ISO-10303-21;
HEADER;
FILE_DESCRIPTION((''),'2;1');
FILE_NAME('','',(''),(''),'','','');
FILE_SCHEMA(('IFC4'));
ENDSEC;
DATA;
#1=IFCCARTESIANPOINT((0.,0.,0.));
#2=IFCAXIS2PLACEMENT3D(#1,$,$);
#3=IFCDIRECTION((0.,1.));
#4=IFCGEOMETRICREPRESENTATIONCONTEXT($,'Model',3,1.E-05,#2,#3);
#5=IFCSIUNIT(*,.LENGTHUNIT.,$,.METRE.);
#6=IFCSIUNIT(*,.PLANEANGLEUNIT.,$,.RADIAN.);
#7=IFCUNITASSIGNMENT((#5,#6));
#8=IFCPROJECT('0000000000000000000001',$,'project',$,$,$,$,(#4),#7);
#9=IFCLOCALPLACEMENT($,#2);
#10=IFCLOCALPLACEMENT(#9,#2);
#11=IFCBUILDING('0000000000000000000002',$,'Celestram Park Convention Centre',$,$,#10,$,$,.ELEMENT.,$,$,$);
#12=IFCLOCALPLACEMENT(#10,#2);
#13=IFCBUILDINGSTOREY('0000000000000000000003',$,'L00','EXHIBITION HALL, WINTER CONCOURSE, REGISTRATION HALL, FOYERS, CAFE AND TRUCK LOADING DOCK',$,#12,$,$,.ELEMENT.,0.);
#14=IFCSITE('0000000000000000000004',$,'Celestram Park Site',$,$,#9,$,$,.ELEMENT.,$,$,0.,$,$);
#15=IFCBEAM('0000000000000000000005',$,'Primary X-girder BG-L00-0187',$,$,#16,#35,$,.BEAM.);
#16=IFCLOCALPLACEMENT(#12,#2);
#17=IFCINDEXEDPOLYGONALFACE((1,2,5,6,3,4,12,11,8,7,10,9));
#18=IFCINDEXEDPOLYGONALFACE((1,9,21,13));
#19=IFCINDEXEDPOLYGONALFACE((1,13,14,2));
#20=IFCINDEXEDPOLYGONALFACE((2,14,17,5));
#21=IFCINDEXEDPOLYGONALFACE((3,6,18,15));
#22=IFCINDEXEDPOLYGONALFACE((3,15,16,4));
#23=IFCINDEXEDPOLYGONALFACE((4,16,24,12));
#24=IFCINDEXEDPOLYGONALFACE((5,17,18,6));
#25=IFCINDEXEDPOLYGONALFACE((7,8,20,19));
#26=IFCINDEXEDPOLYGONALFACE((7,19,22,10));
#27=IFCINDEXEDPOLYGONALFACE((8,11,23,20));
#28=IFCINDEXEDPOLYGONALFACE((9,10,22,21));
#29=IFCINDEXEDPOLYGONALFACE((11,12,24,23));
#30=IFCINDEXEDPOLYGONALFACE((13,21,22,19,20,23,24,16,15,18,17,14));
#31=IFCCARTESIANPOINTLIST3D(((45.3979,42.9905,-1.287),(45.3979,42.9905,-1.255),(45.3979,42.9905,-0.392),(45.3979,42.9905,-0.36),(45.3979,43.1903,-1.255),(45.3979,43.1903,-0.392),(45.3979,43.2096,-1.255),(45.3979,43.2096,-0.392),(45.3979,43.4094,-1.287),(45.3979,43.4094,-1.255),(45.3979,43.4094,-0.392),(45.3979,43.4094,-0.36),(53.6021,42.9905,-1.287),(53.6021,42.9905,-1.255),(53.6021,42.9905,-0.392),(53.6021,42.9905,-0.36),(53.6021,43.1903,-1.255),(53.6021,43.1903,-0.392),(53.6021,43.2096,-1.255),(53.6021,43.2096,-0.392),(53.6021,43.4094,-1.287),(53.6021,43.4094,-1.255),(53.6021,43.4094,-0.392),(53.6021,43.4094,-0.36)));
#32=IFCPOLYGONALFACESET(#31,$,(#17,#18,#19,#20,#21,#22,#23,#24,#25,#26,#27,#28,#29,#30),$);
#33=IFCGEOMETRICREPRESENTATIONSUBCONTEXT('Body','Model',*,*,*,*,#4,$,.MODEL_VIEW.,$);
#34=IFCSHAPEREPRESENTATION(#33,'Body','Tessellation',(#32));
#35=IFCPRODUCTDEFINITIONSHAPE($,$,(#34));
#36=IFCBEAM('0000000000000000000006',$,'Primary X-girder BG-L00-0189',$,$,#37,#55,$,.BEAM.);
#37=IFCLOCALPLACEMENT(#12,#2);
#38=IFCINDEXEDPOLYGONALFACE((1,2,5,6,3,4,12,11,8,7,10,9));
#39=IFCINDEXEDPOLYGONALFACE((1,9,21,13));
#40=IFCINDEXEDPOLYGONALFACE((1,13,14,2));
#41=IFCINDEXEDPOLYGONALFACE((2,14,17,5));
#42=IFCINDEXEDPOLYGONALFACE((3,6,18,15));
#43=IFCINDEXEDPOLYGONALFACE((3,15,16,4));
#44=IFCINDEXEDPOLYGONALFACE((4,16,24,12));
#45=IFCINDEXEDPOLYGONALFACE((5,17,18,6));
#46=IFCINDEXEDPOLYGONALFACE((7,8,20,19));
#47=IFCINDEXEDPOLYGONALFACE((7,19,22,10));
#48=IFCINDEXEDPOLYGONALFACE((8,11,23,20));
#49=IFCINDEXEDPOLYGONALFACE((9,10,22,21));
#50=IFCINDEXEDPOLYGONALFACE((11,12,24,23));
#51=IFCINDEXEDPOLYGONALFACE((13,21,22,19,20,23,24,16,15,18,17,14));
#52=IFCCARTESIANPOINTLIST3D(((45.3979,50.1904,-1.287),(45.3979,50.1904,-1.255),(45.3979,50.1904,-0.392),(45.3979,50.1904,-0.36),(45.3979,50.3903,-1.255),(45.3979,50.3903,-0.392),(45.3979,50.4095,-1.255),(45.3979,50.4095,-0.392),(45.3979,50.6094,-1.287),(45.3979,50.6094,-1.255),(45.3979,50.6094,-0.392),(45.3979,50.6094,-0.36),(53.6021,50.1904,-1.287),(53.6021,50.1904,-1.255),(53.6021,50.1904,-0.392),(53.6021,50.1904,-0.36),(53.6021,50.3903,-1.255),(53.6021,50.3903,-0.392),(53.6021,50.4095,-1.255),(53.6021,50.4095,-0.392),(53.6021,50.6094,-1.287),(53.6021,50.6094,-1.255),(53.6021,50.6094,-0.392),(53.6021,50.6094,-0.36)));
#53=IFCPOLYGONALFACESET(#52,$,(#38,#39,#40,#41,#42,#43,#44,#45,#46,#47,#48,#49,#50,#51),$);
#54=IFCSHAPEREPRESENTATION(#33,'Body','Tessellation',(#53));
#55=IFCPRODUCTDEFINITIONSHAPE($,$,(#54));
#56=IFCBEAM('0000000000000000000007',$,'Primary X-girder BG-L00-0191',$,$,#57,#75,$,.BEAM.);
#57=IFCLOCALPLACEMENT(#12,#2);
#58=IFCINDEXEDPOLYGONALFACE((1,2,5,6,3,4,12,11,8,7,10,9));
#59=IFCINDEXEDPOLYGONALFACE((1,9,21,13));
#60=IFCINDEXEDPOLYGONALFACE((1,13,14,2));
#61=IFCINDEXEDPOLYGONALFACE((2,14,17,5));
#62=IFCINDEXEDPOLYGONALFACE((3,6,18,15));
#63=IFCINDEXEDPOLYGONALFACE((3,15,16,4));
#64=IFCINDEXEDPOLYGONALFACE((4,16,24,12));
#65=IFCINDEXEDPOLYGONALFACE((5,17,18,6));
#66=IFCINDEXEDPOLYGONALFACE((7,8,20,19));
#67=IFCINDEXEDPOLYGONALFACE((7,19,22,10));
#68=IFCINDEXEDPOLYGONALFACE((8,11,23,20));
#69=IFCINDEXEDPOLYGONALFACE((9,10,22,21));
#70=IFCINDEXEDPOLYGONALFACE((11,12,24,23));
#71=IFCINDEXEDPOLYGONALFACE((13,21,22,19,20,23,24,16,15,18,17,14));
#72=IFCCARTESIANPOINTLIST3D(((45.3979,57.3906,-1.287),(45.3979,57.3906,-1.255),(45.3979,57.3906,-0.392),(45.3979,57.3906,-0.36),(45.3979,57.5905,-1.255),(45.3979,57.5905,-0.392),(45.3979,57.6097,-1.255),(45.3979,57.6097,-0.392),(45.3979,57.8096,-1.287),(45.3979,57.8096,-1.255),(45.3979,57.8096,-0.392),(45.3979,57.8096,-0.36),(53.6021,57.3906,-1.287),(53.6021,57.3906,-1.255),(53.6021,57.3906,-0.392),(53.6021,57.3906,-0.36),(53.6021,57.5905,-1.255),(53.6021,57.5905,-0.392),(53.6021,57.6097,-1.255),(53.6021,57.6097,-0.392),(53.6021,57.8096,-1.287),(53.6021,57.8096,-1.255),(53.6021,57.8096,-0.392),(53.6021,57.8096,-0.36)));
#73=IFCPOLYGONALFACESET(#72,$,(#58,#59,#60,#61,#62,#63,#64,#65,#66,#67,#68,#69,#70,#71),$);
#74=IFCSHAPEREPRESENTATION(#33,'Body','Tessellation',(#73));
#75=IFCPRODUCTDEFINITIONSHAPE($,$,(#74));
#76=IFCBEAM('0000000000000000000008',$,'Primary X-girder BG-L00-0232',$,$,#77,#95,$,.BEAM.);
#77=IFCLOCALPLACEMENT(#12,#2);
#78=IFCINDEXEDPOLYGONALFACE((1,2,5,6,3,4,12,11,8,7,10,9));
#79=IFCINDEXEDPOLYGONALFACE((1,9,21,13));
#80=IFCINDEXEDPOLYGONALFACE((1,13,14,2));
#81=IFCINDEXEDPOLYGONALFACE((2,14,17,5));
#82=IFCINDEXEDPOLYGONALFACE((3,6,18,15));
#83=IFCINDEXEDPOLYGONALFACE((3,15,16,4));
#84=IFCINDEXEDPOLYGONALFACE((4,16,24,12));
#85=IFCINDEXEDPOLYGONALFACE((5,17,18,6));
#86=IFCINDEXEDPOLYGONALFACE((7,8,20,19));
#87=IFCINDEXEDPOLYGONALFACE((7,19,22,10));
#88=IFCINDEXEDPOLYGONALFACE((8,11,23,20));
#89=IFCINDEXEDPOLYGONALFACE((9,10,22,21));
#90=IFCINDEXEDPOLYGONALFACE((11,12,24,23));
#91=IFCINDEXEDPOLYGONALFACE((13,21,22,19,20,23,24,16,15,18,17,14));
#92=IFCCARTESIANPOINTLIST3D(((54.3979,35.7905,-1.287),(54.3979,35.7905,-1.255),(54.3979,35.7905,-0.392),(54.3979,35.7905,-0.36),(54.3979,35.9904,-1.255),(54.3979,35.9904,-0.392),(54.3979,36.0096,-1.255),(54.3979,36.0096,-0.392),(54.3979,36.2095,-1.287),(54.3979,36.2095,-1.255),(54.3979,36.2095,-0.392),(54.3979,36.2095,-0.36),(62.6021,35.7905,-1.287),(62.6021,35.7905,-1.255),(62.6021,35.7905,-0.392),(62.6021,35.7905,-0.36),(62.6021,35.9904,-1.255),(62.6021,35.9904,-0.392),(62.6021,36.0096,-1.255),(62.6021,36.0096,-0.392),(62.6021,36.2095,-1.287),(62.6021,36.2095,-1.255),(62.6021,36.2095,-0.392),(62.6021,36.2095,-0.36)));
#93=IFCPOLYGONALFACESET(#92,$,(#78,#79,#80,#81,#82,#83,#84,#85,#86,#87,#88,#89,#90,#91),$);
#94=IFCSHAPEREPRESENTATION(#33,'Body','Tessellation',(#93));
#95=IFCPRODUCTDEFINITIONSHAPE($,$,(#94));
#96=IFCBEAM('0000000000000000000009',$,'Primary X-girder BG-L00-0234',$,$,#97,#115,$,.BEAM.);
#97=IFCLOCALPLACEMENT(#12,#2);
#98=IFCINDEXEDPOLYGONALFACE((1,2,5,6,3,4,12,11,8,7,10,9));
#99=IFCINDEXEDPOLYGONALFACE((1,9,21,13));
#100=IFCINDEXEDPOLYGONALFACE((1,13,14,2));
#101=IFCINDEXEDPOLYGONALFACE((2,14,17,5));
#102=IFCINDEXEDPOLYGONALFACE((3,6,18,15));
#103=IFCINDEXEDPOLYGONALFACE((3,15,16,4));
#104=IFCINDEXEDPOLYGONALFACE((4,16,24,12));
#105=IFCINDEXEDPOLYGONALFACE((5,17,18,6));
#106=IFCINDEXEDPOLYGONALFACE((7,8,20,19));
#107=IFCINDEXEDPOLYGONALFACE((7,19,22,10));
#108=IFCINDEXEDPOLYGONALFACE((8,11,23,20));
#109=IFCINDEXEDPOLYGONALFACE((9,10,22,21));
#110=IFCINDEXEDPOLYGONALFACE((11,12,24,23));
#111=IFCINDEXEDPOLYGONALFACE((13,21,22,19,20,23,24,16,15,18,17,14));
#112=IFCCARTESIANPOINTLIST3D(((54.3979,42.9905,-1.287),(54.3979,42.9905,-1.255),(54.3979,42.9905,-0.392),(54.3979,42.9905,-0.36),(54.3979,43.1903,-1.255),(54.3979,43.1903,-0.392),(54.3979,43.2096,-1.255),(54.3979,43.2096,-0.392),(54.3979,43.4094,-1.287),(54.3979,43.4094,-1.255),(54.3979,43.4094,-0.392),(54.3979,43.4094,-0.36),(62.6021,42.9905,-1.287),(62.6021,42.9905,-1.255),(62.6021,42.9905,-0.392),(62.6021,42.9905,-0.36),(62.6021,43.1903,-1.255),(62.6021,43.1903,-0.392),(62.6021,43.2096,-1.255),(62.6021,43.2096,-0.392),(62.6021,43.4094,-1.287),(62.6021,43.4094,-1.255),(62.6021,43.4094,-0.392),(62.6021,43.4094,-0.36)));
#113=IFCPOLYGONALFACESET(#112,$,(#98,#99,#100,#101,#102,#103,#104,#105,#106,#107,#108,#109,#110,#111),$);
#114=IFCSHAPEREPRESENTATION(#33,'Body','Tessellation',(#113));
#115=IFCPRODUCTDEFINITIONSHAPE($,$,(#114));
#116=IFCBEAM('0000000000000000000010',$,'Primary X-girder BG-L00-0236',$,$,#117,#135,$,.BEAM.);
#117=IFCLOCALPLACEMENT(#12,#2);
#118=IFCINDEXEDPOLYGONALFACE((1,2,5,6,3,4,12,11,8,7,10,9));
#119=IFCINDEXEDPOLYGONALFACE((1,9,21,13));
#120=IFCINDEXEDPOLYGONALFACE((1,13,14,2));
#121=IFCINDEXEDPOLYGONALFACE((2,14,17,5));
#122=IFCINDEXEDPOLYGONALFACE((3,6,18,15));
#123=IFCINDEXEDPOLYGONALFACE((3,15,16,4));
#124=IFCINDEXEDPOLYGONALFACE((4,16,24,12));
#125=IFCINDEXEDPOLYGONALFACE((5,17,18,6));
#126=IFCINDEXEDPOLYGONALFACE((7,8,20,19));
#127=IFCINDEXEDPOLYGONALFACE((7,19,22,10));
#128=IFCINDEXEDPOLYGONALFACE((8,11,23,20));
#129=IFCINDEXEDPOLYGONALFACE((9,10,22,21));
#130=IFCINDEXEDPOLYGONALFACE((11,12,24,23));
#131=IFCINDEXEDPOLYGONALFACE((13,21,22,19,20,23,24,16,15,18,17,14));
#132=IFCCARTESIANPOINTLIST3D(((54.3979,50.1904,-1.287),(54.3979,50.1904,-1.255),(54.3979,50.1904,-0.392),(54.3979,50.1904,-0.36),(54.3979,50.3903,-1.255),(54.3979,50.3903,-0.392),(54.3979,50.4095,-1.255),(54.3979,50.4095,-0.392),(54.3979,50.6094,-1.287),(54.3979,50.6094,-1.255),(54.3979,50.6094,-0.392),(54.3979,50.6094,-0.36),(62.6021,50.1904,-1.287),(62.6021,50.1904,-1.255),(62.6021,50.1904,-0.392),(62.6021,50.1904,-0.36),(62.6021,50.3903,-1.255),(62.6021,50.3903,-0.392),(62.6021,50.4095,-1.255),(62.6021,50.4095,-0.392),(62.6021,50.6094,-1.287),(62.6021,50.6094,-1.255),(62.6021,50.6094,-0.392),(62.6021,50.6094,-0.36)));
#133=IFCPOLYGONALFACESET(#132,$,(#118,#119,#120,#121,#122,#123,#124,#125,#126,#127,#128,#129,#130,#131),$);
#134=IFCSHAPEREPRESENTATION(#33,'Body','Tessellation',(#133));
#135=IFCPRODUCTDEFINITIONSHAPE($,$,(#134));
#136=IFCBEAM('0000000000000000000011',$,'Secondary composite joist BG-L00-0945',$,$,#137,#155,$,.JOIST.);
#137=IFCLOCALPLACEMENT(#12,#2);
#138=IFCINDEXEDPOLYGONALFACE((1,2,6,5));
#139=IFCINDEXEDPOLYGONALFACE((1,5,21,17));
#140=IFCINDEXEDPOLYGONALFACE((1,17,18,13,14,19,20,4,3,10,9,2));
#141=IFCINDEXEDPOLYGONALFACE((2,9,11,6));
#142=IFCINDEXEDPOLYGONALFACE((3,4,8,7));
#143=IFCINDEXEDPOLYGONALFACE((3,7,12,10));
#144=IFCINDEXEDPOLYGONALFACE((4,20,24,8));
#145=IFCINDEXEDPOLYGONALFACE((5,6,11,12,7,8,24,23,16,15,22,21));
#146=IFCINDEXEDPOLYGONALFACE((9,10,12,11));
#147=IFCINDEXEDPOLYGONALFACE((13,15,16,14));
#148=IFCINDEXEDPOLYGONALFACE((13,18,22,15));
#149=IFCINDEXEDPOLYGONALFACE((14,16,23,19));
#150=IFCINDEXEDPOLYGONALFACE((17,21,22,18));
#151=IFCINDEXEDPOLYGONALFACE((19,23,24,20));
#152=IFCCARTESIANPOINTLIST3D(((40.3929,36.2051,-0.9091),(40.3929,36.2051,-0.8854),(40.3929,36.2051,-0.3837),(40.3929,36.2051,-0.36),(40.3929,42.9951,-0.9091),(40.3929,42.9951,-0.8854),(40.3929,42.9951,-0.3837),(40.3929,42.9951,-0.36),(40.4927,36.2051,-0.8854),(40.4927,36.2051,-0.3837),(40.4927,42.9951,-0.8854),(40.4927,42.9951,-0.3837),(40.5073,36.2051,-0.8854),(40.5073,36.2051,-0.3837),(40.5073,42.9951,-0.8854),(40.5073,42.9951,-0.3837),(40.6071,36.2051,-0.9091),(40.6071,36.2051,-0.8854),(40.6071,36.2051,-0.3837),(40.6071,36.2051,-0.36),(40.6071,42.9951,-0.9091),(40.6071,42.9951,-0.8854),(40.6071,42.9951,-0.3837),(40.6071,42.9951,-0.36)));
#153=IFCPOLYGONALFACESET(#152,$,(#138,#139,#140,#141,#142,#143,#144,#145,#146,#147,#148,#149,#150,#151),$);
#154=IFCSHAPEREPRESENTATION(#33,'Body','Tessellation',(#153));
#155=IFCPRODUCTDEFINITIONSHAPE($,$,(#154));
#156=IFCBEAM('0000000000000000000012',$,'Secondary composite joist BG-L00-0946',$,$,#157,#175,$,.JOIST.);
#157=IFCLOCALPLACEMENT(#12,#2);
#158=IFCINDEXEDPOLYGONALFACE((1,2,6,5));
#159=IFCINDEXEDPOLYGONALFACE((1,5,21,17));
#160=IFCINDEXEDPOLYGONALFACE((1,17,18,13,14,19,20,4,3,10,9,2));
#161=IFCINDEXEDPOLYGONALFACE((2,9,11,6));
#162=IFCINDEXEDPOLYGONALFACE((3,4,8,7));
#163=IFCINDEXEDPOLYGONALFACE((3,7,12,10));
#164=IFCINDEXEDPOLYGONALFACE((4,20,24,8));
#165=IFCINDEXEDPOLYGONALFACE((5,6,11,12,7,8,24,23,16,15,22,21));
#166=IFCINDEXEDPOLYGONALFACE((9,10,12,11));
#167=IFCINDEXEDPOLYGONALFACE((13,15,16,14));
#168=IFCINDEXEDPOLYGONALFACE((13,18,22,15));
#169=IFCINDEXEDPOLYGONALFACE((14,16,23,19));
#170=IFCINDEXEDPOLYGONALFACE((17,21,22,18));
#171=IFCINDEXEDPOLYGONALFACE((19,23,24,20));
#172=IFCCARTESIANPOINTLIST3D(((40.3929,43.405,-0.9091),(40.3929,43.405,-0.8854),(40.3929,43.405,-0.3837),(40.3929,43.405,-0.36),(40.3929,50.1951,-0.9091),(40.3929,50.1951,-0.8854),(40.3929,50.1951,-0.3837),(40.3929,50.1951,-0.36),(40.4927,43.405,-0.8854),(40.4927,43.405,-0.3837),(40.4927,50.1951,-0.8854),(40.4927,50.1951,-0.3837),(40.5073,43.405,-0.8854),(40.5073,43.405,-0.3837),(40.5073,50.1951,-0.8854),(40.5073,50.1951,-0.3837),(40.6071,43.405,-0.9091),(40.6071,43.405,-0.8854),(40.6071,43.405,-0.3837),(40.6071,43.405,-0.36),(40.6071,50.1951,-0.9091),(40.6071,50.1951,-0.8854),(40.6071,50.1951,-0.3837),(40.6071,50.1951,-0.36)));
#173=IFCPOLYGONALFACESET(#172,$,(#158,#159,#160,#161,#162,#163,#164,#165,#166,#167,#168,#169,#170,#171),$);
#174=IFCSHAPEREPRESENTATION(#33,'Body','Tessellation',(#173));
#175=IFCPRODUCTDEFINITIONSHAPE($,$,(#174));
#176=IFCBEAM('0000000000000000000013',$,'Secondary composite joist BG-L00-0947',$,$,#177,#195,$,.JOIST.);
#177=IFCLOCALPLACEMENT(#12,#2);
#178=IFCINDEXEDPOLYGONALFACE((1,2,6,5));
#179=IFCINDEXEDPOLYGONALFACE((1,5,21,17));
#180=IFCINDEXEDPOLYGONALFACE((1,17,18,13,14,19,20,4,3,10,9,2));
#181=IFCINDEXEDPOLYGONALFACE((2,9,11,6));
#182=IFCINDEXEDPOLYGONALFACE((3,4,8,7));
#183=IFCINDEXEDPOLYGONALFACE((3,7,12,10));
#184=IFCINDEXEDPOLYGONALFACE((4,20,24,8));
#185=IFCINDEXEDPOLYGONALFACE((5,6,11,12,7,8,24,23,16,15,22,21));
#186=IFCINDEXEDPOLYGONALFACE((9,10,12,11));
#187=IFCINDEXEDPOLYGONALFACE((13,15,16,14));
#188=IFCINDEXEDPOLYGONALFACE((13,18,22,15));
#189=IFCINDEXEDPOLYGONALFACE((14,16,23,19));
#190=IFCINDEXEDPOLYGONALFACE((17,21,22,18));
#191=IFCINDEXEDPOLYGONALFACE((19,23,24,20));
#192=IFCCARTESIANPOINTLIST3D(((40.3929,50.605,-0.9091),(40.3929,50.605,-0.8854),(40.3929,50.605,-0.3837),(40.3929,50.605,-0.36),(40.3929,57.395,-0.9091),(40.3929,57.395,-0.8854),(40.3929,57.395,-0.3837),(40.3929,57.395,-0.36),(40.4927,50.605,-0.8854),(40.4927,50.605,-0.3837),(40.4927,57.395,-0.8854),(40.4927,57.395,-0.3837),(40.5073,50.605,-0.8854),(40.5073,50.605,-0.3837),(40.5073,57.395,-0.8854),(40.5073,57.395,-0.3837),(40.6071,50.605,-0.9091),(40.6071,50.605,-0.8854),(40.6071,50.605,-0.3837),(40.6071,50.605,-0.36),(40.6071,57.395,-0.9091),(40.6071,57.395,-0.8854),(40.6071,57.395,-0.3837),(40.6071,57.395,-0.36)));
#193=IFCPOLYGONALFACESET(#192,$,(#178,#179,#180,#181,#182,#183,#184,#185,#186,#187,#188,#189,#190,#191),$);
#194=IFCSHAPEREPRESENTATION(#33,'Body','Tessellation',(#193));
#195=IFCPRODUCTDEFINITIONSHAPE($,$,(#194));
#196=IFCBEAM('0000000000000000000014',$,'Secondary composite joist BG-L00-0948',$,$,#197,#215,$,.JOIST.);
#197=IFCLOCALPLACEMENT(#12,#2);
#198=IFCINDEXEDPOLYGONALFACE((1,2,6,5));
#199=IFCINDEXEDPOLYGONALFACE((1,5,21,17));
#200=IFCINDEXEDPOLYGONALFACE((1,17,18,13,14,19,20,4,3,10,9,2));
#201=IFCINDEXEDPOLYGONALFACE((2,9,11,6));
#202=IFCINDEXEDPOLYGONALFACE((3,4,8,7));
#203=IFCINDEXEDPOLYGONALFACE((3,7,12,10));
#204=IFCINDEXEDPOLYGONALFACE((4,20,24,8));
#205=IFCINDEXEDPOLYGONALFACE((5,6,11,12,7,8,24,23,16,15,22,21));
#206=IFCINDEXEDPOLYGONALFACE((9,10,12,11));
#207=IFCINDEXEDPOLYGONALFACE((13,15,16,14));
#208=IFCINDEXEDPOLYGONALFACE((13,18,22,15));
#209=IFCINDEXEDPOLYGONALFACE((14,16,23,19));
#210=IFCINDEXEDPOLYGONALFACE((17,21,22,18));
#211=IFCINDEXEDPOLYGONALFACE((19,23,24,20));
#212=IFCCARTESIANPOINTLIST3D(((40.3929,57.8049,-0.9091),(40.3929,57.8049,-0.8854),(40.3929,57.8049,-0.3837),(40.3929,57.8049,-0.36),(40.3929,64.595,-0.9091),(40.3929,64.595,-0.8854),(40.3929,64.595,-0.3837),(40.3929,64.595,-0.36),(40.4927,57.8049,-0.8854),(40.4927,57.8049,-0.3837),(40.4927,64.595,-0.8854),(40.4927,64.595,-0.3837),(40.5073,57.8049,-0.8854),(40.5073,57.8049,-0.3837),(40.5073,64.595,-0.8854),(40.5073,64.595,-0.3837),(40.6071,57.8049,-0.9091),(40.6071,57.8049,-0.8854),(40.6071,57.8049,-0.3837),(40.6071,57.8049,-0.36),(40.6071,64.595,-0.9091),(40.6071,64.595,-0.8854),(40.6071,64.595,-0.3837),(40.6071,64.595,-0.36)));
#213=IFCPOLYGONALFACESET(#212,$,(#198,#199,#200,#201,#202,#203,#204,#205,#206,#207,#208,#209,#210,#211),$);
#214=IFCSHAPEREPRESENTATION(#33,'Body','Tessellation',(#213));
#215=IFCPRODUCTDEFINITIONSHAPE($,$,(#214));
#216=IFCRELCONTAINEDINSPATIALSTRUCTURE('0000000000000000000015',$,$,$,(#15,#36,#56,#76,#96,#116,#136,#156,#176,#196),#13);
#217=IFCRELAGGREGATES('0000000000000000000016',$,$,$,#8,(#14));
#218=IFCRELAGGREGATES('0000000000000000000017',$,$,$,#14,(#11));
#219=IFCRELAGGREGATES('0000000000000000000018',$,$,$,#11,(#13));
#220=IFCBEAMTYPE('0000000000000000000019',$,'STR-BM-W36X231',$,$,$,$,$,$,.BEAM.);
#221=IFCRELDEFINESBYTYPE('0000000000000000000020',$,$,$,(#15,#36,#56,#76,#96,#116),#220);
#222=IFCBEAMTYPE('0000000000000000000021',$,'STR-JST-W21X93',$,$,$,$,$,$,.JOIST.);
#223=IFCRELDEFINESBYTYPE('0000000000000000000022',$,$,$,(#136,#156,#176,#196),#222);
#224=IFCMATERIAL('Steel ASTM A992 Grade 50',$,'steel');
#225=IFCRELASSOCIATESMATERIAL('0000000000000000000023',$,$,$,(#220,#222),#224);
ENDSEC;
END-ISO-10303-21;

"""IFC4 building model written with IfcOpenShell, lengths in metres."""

from ifc_helpers import new_model, si_unit, direction, frame, origin, origin_2d, place, context, subcontext, project, spatial, i_section, extrude, material, material_profile, profile_set, type_object, element, save


model = new_model("IFC4")

# Units and contexts
model_context = context("Model", 3, precision=1e-05, world=origin(), true_north=direction((0.0, 1.0)))
body_context = subcontext(model_context, "Body", "Model", "MODEL_VIEW")
ifc_project = project(units=[si_unit("LENGTHUNIT", "METRE"), si_unit("PLANEANGLEUNIT", "RADIAN")], contexts=[model_context])

# Site, building, storey
site_placement = place(None, origin())
site = spatial("IfcSite", under=ifc_project, at=site_placement, Name="Celestram Park Site", CompositionType="ELEMENT", RefElevation=0.0)
building_placement = place(site_placement, origin())
building = spatial("IfcBuilding", under=site, at=building_placement, Name="Celestram Park Convention Centre", CompositionType="ELEMENT")
storey_placement = place(building_placement, origin())
storey = spatial("IfcBuildingStorey", under=building, at=storey_placement, Name="L00", Description="EXHIBITION HALL, WINTER CONCOURSE, REGISTRATION HALL, FOYERS, CAFE AND TRUCK LOADING DOCK", CompositionType="ELEMENT", Elevation=0.0)

# Beams
ifc_material_1 = material(Name="Steel ASTM A992 Grade 50", Category="steel")
ifc_material_profile_1 = material_profile(ifc_material_1, i_section(OverallWidth=0.4189, OverallDepth=0.927, WebThickness=0.0193, FlangeThickness=0.032, at=origin_2d()), Name="W36X231")
ifc_profile_set_1 = profile_set([ifc_material_profile_1], Name="Steel ASTM A992 Grade 50")
beam_type_1 = type_object("IfcBeamType", Name="STR-BM-W36X231", PredefinedType="BEAM", material=ifc_profile_set_1)
for number, where, z_axis, x_axis, name in (
    (1, (45.3979, 43.2, -0.8235), (1.0, 0.0, 0.0), (0.0, 1.0, 0.0), "Primary X-girder BG-L00-0187"),
    (2, (45.3979, 50.3999, -0.8235), (1.0, 0.0, 0.0), (0.0, 1.0, 0.0), "Primary X-girder BG-L00-0189"),
    (3, (45.3979, 57.6001, -0.8235), (1.0, 0.0, 0.0), (0.0, 1.0, 0.0), "Primary X-girder BG-L00-0191"),
    (4, (54.3979, 36.0, -0.8235), (1.0, 0.0, 0.0), (0.0, 1.0, 0.0), "Primary X-girder BG-L00-0232"),
    (5, (54.3979, 43.2, -0.8235), (1.0, 0.0, 0.0), (0.0, 1.0, 0.0), "Primary X-girder BG-L00-0234"),
    (6, (54.3979, 50.3999, -0.8235), (1.0, 0.0, 0.0), (0.0, 1.0, 0.0), "Primary X-girder BG-L00-0236"),
):
    element("IfcBeam", number, at=place(storey_placement, frame(where, z_axis=z_axis, x_axis=x_axis)), inside=storey, type_object=beam_type_1, Name=name, PredefinedType="BEAM", context=body_context, shape_type="SweptSolid", body=[
        extrude(i_section(OverallWidth=0.4189, OverallDepth=0.927, WebThickness=0.0193, FlangeThickness=0.032, at=origin_2d()), origin(), (0.0, 0.0, 1.0), 8.2041),
    ])
ifc_material_profile_2 = material_profile(ifc_material_1, i_section(OverallWidth=0.2141, OverallDepth=0.5491, WebThickness=0.0146, FlangeThickness=0.0237, at=origin_2d()), Name="W21X93")
ifc_profile_set_2 = profile_set([ifc_material_profile_2], Name="Steel ASTM A992 Grade 50")
beam_type_2 = type_object("IfcBeamType", Name="STR-JST-W21X93", PredefinedType="JOIST", material=ifc_profile_set_2)
for number, where, z_axis, x_axis, name in (
    (7, (40.5, 36.2051, -0.6345), (0.0, 1.0, 0.0), (-1.0, 0.0, 0.0), "Secondary composite joist BG-L00-0945"),
    (8, (40.5, 43.405, -0.6345), (0.0, 1.0, 0.0), (-1.0, 0.0, 0.0), "Secondary composite joist BG-L00-0946"),
    (9, (40.5, 50.605, -0.6345), (0.0, 1.0, 0.0), (-1.0, 0.0, 0.0), "Secondary composite joist BG-L00-0947"),
    (10, (40.5, 57.8049, -0.6345), (0.0, 1.0, 0.0), (-1.0, 0.0, 0.0), "Secondary composite joist BG-L00-0948"),
):
    element("IfcBeam", number, at=place(storey_placement, frame(where, z_axis=z_axis, x_axis=x_axis)), inside=storey, type_object=beam_type_2, Name=name, PredefinedType="JOIST", context=body_context, shape_type="SweptSolid", body=[
        extrude(i_section(OverallWidth=0.2141, OverallDepth=0.5491, WebThickness=0.0146, FlangeThickness=0.0237, at=origin_2d()), origin(), (0.0, 0.0, 1.0), 6.79),
    ])

save(model, "model.ifc")
